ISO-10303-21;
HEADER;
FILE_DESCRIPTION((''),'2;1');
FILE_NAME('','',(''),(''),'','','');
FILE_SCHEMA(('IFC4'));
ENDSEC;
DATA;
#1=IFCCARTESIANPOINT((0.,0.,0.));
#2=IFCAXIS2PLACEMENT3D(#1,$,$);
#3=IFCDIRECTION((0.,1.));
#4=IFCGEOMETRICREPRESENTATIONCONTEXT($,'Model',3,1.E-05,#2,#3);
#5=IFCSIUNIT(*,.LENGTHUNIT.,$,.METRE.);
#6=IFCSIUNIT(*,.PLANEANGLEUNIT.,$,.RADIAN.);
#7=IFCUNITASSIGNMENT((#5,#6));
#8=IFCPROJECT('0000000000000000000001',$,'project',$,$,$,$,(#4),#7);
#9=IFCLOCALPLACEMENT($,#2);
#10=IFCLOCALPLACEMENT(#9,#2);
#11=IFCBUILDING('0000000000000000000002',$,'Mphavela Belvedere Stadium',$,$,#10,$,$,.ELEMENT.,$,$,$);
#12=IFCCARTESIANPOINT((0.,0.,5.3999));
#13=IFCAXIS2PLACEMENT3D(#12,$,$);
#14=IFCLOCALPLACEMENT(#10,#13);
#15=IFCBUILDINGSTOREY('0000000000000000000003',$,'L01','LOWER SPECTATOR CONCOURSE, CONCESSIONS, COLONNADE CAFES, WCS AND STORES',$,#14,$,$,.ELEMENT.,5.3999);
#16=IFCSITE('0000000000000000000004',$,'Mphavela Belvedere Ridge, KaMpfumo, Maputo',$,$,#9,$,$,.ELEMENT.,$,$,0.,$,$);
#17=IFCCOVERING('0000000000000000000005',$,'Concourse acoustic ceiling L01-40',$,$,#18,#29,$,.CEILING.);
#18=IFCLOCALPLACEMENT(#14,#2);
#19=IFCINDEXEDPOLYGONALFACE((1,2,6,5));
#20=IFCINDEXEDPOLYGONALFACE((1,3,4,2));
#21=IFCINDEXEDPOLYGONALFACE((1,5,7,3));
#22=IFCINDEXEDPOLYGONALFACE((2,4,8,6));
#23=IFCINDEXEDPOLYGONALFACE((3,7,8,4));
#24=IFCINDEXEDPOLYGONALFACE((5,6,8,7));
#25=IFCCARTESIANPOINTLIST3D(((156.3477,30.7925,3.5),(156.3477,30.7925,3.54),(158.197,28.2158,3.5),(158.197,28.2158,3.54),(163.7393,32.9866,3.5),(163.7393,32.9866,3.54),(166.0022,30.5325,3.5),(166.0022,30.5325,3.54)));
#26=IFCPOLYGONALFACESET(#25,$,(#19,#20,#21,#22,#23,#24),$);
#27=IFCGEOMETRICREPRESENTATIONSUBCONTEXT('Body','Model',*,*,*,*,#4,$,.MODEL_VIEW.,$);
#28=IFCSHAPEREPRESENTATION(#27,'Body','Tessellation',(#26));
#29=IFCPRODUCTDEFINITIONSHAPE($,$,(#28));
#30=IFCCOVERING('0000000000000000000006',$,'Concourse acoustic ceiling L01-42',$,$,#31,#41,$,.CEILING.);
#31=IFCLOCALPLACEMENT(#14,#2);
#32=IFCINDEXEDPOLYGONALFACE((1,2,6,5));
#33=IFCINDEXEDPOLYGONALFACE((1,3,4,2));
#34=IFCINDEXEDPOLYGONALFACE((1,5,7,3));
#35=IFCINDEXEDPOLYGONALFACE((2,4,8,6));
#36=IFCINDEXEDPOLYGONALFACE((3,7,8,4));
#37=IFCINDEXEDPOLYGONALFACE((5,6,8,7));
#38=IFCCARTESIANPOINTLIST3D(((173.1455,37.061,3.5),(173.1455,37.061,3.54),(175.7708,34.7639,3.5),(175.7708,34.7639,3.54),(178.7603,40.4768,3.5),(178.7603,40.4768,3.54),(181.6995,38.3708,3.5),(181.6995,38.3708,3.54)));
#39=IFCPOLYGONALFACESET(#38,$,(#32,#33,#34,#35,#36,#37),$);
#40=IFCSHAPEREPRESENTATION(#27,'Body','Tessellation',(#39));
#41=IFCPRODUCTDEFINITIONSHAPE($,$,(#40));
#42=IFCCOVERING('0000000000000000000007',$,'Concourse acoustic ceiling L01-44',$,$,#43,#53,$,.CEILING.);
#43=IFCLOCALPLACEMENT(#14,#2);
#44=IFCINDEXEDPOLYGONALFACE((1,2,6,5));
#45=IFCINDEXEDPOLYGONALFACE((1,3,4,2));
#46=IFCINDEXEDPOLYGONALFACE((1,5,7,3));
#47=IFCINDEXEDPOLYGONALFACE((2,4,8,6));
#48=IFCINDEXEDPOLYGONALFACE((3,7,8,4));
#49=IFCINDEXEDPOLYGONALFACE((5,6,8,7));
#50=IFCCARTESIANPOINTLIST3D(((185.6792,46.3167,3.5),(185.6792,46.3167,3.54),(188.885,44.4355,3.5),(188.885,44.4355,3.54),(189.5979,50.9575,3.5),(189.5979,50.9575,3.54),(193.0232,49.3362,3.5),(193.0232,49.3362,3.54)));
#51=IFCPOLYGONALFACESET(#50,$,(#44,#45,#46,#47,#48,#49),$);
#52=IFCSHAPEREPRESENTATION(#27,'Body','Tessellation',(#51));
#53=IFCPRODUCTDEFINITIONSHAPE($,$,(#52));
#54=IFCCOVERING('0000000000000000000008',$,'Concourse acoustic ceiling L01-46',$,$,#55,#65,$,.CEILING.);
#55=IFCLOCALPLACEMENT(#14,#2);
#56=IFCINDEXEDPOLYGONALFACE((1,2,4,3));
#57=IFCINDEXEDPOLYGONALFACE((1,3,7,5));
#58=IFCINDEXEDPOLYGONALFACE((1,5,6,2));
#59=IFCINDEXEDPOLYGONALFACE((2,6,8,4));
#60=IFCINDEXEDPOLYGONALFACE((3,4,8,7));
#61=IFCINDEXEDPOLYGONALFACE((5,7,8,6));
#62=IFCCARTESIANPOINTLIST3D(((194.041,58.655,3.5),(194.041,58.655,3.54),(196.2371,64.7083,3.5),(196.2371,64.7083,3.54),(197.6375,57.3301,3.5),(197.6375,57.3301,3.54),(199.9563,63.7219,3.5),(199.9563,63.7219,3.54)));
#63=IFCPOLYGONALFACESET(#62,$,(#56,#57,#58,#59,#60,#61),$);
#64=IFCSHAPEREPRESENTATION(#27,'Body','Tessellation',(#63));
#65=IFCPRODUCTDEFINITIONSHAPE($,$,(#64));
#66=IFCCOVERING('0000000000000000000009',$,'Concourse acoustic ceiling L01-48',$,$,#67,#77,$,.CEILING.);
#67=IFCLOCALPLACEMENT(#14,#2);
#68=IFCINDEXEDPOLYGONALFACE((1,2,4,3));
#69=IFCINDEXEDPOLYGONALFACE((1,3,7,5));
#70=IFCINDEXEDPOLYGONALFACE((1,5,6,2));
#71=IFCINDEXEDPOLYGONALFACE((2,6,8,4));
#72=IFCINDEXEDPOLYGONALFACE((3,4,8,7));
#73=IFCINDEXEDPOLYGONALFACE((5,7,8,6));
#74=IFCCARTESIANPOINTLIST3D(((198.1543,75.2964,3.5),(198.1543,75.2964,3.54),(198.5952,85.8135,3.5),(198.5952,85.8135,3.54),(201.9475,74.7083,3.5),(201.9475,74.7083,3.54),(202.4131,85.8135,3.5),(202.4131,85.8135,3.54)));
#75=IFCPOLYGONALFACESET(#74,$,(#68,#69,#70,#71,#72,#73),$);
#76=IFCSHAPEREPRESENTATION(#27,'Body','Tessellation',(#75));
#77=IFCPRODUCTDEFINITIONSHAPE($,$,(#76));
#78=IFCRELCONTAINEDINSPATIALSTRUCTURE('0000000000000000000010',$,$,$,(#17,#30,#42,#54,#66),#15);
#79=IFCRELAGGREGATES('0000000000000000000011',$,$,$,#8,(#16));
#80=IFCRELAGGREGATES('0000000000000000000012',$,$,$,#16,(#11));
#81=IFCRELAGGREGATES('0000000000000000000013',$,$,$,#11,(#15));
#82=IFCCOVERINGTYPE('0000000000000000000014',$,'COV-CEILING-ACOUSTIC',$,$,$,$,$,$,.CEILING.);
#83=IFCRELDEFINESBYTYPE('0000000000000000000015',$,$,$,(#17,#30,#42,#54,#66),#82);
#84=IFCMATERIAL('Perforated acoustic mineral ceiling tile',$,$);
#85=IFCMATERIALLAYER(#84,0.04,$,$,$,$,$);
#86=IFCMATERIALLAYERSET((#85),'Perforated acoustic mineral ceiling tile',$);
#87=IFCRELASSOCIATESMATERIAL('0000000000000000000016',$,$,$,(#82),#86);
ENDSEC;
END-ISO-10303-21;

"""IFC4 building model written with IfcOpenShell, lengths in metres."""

from ifc_helpers import new_model, si_unit, direction, frame, origin, place, context, subcontext, project, spatial, polyline, outline, extrude, material, layer, layer_set, type_object, element, save


model = new_model("IFC4")

# Units and contexts
model_context = context("Model", 3, precision=1e-05, world=origin(), true_north=direction((0.0, 1.0)))
body_context = subcontext(model_context, "Body", "Model", "MODEL_VIEW")
ifc_project = project(units=[si_unit("LENGTHUNIT", "METRE"), si_unit("PLANEANGLEUNIT", "RADIAN")], contexts=[model_context])

# Site, building, storey
site_placement = place(None, origin())
site = spatial("IfcSite", under=ifc_project, at=site_placement, Name="Mphavela Belvedere Ridge, KaMpfumo, Maputo", CompositionType="ELEMENT", RefElevation=0.0)
building_placement = place(site_placement, origin())
building = spatial("IfcBuilding", under=site, at=building_placement, Name="Mphavela Belvedere Stadium", CompositionType="ELEMENT")
storey_placement = place(building_placement, frame((0.0, 0.0, 5.3999)))
storey = spatial("IfcBuildingStorey", under=building, at=storey_placement, Name="L01", Description="LOWER SPECTATOR CONCOURSE, CONCESSIONS, COLONNADE CAFES, WCS AND STORES", CompositionType="ELEMENT", Elevation=5.3999)

# Coverings
ifc_material_1 = material(Name="Perforated acoustic mineral ceiling tile")
ifc_layer_1 = layer(ifc_material_1, 0.04)
ifc_layer_set_1 = layer_set([ifc_layer_1], Name="Perforated acoustic mineral ceiling tile")
covering_type = type_object("IfcCoveringType", Name="COV-CEILING-ACOUSTIC", PredefinedType="CEILING", material=ifc_layer_set_1)
covering_1_placement = place(storey_placement, frame((0.0, 0.0, 3.5)))
element("IfcCovering", 1, at=covering_1_placement, inside=storey, type_object=covering_type, Name="Concourse acoustic ceiling L01-40", PredefinedType="CEILING", context=body_context, shape_type="SweptSolid", body=[
    extrude(outline(polyline([(156.3477, 30.7925), (163.7393, 32.9866), (166.0022, 30.5325), (158.197, 28.2158), (156.3477, 30.7925)])), origin(), (0.0, 0.0, 1.0), 0.04),
])
covering_2_placement = place(storey_placement, frame((0.0, 0.0, 3.5)))
element("IfcCovering", 2, at=covering_2_placement, inside=storey, type_object=covering_type, Name="Concourse acoustic ceiling L01-42", PredefinedType="CEILING", context=body_context, shape_type="SweptSolid", body=[
    extrude(outline(polyline([(173.1455, 37.061), (178.7603, 40.4768), (181.6995, 38.3708), (175.7708, 34.7639), (173.1455, 37.061)])), origin(), (0.0, 0.0, 1.0), 0.04),
])
covering_3_placement = place(storey_placement, frame((0.0, 0.0, 3.5)))
element("IfcCovering", 3, at=covering_3_placement, inside=storey, type_object=covering_type, Name="Concourse acoustic ceiling L01-44", PredefinedType="CEILING", context=body_context, shape_type="SweptSolid", body=[
    extrude(outline(polyline([(185.6792, 46.3167), (189.5979, 50.9575), (193.0232, 49.3362), (188.885, 44.4355), (185.6792, 46.3167)])), origin(), (0.0, 0.0, 1.0), 0.04),
])
covering_4_placement = place(storey_placement, frame((0.0, 0.0, 3.5)))
element("IfcCovering", 4, at=covering_4_placement, inside=storey, type_object=covering_type, Name="Concourse acoustic ceiling L01-46", PredefinedType="CEILING", context=body_context, shape_type="SweptSolid", body=[
    extrude(outline(polyline([(194.041, 58.655), (196.2371, 64.7083), (199.9563, 63.7219), (197.6375, 57.3301), (194.041, 58.655)])), origin(), (0.0, 0.0, 1.0), 0.04),
])
covering_5_placement = place(storey_placement, frame((0.0, 0.0, 3.5)))
element("IfcCovering", 5, at=covering_5_placement, inside=storey, type_object=covering_type, Name="Concourse acoustic ceiling L01-48", PredefinedType="CEILING", context=body_context, shape_type="SweptSolid", body=[
    extrude(outline(polyline([(198.1543, 75.2964), (198.5952, 85.8135), (202.4131, 85.8135), (201.9475, 74.7083), (198.1543, 75.2964)])), origin(), (0.0, 0.0, 1.0), 0.04),
])

save(model, "model.ifc")
